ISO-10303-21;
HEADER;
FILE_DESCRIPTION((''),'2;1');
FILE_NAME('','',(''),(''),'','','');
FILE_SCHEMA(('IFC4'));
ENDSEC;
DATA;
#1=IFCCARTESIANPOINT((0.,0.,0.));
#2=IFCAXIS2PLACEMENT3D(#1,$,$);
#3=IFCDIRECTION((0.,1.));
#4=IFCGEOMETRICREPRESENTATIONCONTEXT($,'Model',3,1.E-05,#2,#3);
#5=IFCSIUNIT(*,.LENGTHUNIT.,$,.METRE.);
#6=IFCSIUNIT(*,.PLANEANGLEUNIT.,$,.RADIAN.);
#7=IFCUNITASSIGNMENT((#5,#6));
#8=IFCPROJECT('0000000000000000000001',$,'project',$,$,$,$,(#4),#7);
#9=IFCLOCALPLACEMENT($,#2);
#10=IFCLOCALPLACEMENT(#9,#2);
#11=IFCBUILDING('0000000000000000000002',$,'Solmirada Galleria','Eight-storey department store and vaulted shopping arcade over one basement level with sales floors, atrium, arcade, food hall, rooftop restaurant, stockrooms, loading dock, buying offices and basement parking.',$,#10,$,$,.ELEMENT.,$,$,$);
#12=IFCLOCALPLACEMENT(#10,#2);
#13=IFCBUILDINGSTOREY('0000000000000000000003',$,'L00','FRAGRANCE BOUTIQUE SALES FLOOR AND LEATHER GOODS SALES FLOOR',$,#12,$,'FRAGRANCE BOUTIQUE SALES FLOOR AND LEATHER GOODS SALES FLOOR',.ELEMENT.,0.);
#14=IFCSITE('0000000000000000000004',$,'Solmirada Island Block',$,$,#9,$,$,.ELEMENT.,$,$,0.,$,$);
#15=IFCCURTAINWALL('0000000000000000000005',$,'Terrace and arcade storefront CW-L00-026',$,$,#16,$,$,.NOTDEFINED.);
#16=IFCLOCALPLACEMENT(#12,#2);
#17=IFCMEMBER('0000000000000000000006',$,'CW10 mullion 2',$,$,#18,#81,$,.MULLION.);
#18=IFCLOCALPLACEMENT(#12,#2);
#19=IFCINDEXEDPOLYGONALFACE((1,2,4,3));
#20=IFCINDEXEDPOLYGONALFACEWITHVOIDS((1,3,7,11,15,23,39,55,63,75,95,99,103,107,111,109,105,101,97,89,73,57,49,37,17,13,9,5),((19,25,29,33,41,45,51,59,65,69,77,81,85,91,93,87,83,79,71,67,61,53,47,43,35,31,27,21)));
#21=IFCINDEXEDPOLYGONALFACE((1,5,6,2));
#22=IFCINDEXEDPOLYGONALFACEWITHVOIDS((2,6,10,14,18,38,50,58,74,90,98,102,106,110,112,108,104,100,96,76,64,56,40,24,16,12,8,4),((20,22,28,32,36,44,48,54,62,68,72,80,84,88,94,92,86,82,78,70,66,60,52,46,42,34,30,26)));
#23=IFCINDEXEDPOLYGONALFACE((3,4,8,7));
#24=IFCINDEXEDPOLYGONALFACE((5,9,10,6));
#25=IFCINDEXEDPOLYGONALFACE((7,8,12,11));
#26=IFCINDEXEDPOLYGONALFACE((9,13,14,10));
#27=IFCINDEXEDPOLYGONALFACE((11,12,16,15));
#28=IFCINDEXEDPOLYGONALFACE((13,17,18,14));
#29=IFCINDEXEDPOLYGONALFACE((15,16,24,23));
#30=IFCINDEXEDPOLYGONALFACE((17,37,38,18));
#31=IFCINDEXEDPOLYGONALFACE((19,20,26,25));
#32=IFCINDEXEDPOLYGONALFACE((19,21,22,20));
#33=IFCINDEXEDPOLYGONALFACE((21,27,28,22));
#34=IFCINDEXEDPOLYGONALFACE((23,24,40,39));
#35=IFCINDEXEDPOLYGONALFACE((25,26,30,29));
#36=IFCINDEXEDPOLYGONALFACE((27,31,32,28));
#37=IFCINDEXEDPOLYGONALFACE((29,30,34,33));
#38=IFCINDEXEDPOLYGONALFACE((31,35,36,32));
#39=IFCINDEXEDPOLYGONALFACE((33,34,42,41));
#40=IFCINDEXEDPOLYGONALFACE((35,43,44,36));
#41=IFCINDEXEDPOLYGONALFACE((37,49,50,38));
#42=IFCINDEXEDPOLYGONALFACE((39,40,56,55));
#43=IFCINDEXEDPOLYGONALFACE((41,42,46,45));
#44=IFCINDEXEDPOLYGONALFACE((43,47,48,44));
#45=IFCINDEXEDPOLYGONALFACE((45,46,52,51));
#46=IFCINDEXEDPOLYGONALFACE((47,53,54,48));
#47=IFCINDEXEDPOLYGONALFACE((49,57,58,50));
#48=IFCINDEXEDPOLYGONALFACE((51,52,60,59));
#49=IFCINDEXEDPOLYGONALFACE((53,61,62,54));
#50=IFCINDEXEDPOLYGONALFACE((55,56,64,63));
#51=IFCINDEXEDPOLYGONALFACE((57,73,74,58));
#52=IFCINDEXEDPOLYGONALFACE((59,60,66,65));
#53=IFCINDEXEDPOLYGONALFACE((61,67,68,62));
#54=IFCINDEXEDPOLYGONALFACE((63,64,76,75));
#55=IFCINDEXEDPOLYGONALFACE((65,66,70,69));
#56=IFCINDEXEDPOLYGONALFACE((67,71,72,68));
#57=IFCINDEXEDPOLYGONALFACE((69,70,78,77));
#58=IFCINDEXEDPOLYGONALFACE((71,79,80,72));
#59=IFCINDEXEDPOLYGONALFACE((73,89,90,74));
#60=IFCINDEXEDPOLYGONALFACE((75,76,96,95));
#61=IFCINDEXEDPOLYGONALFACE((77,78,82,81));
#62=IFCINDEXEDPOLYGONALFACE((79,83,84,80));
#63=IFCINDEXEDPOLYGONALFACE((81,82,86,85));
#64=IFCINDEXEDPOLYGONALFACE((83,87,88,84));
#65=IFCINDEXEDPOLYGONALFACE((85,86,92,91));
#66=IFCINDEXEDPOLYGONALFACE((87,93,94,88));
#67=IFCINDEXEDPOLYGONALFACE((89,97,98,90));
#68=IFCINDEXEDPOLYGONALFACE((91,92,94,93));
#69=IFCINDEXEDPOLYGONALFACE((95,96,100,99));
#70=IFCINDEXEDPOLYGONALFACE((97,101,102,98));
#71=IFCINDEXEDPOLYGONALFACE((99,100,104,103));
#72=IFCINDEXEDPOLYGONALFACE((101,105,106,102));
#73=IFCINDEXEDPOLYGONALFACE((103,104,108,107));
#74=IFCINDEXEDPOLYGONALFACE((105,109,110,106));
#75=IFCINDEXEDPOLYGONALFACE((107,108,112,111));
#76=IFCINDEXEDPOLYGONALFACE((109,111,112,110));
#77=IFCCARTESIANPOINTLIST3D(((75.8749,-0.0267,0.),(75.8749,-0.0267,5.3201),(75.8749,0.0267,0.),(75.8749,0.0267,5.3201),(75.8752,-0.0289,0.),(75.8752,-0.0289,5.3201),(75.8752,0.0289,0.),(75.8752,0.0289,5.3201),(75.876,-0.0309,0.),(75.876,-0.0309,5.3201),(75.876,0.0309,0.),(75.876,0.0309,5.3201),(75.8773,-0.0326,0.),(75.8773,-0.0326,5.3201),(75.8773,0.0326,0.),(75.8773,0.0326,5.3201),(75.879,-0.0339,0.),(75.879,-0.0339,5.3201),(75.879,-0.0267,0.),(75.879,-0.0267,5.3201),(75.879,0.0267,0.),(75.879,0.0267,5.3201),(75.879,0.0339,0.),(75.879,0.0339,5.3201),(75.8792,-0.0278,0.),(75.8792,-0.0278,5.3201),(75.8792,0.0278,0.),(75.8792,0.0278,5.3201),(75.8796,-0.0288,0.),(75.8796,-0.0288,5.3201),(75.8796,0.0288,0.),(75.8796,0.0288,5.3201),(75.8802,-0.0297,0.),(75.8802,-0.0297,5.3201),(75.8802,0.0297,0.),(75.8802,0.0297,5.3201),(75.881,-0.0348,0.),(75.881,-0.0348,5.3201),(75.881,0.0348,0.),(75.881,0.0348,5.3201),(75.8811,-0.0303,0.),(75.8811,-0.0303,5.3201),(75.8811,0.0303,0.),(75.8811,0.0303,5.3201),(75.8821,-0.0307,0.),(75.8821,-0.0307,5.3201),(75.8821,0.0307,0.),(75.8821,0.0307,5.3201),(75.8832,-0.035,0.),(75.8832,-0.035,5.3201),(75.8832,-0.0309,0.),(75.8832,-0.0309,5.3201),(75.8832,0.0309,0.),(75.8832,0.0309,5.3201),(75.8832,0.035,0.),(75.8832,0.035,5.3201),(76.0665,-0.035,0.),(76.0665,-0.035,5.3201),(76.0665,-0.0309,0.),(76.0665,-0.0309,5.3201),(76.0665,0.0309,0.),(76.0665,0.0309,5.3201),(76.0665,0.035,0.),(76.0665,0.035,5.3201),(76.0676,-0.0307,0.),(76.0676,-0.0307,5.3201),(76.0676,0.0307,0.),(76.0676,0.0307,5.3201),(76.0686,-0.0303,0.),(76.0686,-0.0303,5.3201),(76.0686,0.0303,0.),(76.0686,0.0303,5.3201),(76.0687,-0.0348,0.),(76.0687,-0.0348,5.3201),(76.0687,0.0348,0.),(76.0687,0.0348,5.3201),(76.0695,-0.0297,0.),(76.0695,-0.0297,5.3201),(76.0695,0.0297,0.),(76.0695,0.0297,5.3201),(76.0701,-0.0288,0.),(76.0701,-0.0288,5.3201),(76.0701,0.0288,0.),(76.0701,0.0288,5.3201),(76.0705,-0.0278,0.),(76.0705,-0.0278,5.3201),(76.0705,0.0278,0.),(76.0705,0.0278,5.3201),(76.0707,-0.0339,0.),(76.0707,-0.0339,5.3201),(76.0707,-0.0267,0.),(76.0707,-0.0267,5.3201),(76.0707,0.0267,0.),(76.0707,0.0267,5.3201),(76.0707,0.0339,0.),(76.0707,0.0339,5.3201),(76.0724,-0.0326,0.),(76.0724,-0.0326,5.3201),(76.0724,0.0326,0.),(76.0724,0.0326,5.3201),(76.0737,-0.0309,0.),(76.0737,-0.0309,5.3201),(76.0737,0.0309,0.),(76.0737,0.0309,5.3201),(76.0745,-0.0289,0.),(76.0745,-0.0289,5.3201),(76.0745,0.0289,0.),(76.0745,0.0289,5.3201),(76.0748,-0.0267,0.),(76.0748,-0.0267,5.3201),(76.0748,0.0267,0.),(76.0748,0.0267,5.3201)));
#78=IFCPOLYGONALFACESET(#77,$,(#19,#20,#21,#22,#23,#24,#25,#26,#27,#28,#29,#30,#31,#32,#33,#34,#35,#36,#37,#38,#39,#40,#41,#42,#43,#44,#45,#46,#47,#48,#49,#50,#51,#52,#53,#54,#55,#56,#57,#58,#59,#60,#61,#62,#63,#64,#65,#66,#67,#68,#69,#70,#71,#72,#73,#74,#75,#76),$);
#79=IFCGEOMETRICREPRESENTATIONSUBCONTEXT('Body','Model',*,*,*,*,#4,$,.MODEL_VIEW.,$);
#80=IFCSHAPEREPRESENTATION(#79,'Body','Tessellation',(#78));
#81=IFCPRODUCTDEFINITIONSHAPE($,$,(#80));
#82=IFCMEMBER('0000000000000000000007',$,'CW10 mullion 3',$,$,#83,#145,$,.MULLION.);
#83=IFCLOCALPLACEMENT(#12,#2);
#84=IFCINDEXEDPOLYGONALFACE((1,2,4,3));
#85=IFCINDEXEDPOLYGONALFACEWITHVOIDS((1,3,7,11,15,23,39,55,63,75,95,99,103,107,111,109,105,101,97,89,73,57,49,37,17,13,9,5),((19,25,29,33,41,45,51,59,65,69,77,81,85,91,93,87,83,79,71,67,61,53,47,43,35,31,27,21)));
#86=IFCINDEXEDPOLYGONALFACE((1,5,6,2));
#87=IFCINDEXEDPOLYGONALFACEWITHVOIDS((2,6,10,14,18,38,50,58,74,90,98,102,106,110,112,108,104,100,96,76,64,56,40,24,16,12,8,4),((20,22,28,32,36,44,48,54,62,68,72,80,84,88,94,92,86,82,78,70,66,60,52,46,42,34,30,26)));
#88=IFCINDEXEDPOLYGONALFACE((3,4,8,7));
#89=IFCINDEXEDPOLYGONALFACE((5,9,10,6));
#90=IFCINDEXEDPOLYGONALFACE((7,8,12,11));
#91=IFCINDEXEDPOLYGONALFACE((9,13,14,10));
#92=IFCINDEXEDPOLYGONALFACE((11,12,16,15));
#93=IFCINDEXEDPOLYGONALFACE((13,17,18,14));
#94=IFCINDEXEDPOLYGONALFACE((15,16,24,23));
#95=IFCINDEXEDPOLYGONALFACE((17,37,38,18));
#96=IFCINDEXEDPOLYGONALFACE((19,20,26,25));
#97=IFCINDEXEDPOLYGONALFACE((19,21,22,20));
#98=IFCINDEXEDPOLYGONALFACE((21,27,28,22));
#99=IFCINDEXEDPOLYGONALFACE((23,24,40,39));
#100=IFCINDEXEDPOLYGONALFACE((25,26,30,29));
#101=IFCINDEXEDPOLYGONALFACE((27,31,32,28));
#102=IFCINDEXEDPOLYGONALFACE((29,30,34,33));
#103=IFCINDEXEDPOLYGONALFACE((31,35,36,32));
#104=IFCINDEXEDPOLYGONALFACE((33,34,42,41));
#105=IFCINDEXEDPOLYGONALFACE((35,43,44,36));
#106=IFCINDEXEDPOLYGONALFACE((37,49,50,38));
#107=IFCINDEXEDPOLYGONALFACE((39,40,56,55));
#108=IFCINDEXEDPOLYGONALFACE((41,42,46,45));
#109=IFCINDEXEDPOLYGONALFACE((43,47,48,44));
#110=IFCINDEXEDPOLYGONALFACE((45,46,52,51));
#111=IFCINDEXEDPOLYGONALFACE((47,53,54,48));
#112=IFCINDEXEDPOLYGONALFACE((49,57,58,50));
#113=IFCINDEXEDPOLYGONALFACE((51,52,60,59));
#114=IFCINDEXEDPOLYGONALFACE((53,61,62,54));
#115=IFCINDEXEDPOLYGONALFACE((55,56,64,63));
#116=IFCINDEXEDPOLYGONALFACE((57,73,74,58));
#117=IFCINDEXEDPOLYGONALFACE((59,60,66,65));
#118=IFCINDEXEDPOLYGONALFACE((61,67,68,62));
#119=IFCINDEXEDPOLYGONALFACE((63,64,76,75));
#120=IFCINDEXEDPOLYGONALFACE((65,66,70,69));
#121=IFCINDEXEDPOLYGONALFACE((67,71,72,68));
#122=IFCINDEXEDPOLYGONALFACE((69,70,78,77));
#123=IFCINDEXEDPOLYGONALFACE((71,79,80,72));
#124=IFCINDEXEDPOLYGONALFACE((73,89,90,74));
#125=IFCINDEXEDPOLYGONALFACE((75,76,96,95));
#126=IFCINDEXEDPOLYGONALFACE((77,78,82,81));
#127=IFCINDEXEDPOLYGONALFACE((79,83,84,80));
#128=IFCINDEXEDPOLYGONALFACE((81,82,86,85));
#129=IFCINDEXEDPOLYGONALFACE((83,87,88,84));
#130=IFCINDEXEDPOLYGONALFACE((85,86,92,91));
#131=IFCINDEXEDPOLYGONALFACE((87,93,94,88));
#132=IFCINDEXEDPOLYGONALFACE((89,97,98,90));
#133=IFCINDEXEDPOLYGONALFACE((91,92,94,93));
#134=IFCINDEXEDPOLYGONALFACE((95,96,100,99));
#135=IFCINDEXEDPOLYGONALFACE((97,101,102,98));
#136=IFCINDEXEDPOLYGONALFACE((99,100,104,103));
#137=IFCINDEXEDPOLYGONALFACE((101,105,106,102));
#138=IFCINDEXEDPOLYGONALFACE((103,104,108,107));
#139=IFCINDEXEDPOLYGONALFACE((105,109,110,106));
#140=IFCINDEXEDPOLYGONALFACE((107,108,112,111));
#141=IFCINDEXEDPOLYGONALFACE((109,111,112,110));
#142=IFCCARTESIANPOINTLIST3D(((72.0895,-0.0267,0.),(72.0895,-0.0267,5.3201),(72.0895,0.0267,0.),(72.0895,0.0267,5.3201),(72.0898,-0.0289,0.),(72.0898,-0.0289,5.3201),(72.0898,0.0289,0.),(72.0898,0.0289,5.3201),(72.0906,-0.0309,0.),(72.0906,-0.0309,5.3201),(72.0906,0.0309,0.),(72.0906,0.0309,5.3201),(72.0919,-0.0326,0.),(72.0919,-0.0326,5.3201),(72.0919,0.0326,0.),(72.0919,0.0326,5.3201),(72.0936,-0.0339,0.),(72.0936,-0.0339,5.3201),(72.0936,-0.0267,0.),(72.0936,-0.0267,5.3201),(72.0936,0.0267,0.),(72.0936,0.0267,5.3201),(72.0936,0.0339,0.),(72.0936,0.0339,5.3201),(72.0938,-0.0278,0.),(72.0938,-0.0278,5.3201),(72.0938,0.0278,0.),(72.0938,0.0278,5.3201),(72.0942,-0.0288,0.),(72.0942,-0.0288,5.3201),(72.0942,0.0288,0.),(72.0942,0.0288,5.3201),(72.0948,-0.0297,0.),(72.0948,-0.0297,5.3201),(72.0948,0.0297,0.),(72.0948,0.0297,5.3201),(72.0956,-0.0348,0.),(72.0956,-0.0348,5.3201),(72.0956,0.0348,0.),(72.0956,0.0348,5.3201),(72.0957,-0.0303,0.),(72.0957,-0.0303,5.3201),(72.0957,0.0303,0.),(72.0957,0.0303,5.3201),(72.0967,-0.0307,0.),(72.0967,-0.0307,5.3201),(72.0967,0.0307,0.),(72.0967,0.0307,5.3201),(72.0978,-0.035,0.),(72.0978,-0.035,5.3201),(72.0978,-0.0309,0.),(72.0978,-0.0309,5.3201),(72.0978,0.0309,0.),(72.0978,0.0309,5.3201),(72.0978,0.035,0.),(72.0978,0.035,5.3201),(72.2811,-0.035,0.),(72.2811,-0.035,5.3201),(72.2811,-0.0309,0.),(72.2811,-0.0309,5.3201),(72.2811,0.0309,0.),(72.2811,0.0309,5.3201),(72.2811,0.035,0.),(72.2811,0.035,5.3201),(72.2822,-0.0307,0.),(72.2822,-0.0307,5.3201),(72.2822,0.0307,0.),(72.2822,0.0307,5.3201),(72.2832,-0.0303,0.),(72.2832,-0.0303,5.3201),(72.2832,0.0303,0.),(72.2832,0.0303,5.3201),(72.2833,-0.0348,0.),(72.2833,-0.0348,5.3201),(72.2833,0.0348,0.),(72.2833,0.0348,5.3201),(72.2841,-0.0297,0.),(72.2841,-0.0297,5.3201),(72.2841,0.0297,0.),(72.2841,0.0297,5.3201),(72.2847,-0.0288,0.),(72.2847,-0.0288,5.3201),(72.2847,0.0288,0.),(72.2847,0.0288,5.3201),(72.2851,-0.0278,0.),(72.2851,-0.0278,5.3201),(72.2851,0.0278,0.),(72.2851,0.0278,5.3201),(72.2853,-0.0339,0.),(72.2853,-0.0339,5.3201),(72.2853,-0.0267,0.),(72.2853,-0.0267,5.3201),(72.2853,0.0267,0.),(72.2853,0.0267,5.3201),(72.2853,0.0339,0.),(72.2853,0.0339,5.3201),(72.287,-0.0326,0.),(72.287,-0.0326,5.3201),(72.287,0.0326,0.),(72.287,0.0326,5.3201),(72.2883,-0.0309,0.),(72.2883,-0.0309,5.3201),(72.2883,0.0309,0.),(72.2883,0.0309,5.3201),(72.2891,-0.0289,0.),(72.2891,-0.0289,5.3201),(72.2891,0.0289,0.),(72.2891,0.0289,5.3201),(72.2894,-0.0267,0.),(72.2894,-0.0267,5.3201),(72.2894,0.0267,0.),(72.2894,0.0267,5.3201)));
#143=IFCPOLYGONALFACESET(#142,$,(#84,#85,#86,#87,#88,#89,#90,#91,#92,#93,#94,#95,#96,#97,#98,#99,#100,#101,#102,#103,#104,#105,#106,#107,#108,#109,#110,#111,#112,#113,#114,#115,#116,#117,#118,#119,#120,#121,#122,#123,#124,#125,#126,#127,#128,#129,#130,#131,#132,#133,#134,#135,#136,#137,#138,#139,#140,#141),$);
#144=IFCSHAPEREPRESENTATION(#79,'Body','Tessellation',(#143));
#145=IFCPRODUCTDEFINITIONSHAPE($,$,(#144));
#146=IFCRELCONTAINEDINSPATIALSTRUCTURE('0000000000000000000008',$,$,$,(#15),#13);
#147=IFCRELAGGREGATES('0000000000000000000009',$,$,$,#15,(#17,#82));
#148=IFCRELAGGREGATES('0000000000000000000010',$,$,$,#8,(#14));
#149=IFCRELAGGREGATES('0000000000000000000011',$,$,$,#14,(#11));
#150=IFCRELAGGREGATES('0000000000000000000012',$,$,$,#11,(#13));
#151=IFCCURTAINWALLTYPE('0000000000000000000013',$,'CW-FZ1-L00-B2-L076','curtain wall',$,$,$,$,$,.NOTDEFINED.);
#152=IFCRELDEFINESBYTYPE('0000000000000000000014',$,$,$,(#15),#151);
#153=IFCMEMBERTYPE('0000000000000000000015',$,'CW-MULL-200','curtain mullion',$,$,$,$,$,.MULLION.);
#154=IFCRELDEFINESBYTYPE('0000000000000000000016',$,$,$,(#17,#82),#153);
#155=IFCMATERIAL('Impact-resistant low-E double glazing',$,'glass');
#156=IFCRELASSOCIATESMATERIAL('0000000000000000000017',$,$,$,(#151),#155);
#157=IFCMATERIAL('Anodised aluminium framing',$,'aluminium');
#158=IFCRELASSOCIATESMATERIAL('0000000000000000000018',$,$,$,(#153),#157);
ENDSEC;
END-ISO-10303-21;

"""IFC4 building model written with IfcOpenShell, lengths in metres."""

from ifc_helpers import new_model, si_unit, direction, frame, origin, origin_2d, place, context, subcontext, project, spatial, hollow_rectangle, extrude, material, material_profile, profile_set, type_object, element, aggregate, save


model = new_model("IFC4")

# Units and contexts
model_context = context("Model", 3, precision=1e-05, world=origin(), true_north=direction((0.0, 1.0)))
body_context = subcontext(model_context, "Body", "Model", "MODEL_VIEW")
ifc_project = project(units=[si_unit("LENGTHUNIT", "METRE"), si_unit("PLANEANGLEUNIT", "RADIAN")], contexts=[model_context])

# Site, building, storey
site_placement = place(None, origin())
site = spatial("IfcSite", under=ifc_project, at=site_placement, Name="Solmirada Island Block", CompositionType="ELEMENT", RefElevation=0.0)
building_placement = place(site_placement, origin())
building = spatial("IfcBuilding", under=site, at=building_placement, Name="Solmirada Galleria", Description="Eight-storey department store and vaulted shopping arcade over one basement level with sales floors, atrium, arcade, food hall, rooftop restaurant, stockrooms, loading dock, buying offices and basement parking.", CompositionType="ELEMENT")
storey_placement = place(building_placement, origin())
storey = spatial("IfcBuildingStorey", under=building, at=storey_placement, Name="L00", Description="FRAGRANCE BOUTIQUE SALES FLOOR AND LEATHER GOODS SALES FLOOR", LongName="FRAGRANCE BOUTIQUE SALES FLOOR AND LEATHER GOODS SALES FLOOR", CompositionType="ELEMENT", Elevation=0.0)

# Curtain wall, members
ifc_material_1 = material(Name="Impact-resistant low-E double glazing", Category="glass")
curtain_wall_type_1 = type_object("IfcCurtainWallType", Name="CW-FZ1-L00-B2-L076", Description="curtain wall", PredefinedType="NOTDEFINED", material=ifc_material_1)
curtain_wall_1_placement = place(storey_placement, origin())
curtain_wall_1 = element("IfcCurtainWall", 1, at=curtain_wall_1_placement, inside=storey, type_object=curtain_wall_type_1, Name="Terrace and arcade storefront CW-L00-026", PredefinedType="NOTDEFINED")
ifc_material_2 = material(Name="Anodised aluminium framing", Category="aluminium")
ifc_material_profile_1 = material_profile(ifc_material_2, hollow_rectangle(XDim=0.0701, YDim=0.2, WallThickness=0.0042, InnerFilletRadius=0.0042, OuterFilletRadius=0.0083, at=origin_2d()), Name="ALU-MULL-200X70")
ifc_profile_set_1 = profile_set([ifc_material_profile_1], Name="Anodised aluminium framing")
member_type_1 = type_object("IfcMemberType", Name="CW-MULL-200", Description="curtain mullion", PredefinedType="MULLION", material=ifc_profile_set_1)
member_1_placement = place(storey_placement, frame((75.9749, 0.0, 0.0), z_axis=(0.0, 0.0, 1.0), x_axis=(0.0, -1.0, 0.0)))
member_1 = element("IfcMember", 2, at=member_1_placement, type_object=member_type_1, Name="CW10 mullion 2", PredefinedType="MULLION", context=body_context, shape_type="SweptSolid", body=[
    extrude(hollow_rectangle(XDim=0.0701, YDim=0.2, WallThickness=0.0042, InnerFilletRadius=0.0042, OuterFilletRadius=0.0083, at=origin_2d()), origin(), (0.0, 0.0, 1.0), 5.3201),
])
member_2_placement = place(storey_placement, frame((72.1895, 0.0, 0.0), z_axis=(0.0, 0.0, 1.0), x_axis=(0.0, -1.0, 0.0)))
member_2 = element("IfcMember", 3, at=member_2_placement, type_object=member_type_1, Name="CW10 mullion 3", PredefinedType="MULLION", context=body_context, shape_type="SweptSolid", body=[
    extrude(hollow_rectangle(XDim=0.0701, YDim=0.2, WallThickness=0.0042, InnerFilletRadius=0.0042, OuterFilletRadius=0.0083, at=origin_2d()), origin(), (0.0, 0.0, 1.0), 5.3201),
])

aggregate(curtain_wall_1, [member_1, member_2])

save(model, "model.ifc")
